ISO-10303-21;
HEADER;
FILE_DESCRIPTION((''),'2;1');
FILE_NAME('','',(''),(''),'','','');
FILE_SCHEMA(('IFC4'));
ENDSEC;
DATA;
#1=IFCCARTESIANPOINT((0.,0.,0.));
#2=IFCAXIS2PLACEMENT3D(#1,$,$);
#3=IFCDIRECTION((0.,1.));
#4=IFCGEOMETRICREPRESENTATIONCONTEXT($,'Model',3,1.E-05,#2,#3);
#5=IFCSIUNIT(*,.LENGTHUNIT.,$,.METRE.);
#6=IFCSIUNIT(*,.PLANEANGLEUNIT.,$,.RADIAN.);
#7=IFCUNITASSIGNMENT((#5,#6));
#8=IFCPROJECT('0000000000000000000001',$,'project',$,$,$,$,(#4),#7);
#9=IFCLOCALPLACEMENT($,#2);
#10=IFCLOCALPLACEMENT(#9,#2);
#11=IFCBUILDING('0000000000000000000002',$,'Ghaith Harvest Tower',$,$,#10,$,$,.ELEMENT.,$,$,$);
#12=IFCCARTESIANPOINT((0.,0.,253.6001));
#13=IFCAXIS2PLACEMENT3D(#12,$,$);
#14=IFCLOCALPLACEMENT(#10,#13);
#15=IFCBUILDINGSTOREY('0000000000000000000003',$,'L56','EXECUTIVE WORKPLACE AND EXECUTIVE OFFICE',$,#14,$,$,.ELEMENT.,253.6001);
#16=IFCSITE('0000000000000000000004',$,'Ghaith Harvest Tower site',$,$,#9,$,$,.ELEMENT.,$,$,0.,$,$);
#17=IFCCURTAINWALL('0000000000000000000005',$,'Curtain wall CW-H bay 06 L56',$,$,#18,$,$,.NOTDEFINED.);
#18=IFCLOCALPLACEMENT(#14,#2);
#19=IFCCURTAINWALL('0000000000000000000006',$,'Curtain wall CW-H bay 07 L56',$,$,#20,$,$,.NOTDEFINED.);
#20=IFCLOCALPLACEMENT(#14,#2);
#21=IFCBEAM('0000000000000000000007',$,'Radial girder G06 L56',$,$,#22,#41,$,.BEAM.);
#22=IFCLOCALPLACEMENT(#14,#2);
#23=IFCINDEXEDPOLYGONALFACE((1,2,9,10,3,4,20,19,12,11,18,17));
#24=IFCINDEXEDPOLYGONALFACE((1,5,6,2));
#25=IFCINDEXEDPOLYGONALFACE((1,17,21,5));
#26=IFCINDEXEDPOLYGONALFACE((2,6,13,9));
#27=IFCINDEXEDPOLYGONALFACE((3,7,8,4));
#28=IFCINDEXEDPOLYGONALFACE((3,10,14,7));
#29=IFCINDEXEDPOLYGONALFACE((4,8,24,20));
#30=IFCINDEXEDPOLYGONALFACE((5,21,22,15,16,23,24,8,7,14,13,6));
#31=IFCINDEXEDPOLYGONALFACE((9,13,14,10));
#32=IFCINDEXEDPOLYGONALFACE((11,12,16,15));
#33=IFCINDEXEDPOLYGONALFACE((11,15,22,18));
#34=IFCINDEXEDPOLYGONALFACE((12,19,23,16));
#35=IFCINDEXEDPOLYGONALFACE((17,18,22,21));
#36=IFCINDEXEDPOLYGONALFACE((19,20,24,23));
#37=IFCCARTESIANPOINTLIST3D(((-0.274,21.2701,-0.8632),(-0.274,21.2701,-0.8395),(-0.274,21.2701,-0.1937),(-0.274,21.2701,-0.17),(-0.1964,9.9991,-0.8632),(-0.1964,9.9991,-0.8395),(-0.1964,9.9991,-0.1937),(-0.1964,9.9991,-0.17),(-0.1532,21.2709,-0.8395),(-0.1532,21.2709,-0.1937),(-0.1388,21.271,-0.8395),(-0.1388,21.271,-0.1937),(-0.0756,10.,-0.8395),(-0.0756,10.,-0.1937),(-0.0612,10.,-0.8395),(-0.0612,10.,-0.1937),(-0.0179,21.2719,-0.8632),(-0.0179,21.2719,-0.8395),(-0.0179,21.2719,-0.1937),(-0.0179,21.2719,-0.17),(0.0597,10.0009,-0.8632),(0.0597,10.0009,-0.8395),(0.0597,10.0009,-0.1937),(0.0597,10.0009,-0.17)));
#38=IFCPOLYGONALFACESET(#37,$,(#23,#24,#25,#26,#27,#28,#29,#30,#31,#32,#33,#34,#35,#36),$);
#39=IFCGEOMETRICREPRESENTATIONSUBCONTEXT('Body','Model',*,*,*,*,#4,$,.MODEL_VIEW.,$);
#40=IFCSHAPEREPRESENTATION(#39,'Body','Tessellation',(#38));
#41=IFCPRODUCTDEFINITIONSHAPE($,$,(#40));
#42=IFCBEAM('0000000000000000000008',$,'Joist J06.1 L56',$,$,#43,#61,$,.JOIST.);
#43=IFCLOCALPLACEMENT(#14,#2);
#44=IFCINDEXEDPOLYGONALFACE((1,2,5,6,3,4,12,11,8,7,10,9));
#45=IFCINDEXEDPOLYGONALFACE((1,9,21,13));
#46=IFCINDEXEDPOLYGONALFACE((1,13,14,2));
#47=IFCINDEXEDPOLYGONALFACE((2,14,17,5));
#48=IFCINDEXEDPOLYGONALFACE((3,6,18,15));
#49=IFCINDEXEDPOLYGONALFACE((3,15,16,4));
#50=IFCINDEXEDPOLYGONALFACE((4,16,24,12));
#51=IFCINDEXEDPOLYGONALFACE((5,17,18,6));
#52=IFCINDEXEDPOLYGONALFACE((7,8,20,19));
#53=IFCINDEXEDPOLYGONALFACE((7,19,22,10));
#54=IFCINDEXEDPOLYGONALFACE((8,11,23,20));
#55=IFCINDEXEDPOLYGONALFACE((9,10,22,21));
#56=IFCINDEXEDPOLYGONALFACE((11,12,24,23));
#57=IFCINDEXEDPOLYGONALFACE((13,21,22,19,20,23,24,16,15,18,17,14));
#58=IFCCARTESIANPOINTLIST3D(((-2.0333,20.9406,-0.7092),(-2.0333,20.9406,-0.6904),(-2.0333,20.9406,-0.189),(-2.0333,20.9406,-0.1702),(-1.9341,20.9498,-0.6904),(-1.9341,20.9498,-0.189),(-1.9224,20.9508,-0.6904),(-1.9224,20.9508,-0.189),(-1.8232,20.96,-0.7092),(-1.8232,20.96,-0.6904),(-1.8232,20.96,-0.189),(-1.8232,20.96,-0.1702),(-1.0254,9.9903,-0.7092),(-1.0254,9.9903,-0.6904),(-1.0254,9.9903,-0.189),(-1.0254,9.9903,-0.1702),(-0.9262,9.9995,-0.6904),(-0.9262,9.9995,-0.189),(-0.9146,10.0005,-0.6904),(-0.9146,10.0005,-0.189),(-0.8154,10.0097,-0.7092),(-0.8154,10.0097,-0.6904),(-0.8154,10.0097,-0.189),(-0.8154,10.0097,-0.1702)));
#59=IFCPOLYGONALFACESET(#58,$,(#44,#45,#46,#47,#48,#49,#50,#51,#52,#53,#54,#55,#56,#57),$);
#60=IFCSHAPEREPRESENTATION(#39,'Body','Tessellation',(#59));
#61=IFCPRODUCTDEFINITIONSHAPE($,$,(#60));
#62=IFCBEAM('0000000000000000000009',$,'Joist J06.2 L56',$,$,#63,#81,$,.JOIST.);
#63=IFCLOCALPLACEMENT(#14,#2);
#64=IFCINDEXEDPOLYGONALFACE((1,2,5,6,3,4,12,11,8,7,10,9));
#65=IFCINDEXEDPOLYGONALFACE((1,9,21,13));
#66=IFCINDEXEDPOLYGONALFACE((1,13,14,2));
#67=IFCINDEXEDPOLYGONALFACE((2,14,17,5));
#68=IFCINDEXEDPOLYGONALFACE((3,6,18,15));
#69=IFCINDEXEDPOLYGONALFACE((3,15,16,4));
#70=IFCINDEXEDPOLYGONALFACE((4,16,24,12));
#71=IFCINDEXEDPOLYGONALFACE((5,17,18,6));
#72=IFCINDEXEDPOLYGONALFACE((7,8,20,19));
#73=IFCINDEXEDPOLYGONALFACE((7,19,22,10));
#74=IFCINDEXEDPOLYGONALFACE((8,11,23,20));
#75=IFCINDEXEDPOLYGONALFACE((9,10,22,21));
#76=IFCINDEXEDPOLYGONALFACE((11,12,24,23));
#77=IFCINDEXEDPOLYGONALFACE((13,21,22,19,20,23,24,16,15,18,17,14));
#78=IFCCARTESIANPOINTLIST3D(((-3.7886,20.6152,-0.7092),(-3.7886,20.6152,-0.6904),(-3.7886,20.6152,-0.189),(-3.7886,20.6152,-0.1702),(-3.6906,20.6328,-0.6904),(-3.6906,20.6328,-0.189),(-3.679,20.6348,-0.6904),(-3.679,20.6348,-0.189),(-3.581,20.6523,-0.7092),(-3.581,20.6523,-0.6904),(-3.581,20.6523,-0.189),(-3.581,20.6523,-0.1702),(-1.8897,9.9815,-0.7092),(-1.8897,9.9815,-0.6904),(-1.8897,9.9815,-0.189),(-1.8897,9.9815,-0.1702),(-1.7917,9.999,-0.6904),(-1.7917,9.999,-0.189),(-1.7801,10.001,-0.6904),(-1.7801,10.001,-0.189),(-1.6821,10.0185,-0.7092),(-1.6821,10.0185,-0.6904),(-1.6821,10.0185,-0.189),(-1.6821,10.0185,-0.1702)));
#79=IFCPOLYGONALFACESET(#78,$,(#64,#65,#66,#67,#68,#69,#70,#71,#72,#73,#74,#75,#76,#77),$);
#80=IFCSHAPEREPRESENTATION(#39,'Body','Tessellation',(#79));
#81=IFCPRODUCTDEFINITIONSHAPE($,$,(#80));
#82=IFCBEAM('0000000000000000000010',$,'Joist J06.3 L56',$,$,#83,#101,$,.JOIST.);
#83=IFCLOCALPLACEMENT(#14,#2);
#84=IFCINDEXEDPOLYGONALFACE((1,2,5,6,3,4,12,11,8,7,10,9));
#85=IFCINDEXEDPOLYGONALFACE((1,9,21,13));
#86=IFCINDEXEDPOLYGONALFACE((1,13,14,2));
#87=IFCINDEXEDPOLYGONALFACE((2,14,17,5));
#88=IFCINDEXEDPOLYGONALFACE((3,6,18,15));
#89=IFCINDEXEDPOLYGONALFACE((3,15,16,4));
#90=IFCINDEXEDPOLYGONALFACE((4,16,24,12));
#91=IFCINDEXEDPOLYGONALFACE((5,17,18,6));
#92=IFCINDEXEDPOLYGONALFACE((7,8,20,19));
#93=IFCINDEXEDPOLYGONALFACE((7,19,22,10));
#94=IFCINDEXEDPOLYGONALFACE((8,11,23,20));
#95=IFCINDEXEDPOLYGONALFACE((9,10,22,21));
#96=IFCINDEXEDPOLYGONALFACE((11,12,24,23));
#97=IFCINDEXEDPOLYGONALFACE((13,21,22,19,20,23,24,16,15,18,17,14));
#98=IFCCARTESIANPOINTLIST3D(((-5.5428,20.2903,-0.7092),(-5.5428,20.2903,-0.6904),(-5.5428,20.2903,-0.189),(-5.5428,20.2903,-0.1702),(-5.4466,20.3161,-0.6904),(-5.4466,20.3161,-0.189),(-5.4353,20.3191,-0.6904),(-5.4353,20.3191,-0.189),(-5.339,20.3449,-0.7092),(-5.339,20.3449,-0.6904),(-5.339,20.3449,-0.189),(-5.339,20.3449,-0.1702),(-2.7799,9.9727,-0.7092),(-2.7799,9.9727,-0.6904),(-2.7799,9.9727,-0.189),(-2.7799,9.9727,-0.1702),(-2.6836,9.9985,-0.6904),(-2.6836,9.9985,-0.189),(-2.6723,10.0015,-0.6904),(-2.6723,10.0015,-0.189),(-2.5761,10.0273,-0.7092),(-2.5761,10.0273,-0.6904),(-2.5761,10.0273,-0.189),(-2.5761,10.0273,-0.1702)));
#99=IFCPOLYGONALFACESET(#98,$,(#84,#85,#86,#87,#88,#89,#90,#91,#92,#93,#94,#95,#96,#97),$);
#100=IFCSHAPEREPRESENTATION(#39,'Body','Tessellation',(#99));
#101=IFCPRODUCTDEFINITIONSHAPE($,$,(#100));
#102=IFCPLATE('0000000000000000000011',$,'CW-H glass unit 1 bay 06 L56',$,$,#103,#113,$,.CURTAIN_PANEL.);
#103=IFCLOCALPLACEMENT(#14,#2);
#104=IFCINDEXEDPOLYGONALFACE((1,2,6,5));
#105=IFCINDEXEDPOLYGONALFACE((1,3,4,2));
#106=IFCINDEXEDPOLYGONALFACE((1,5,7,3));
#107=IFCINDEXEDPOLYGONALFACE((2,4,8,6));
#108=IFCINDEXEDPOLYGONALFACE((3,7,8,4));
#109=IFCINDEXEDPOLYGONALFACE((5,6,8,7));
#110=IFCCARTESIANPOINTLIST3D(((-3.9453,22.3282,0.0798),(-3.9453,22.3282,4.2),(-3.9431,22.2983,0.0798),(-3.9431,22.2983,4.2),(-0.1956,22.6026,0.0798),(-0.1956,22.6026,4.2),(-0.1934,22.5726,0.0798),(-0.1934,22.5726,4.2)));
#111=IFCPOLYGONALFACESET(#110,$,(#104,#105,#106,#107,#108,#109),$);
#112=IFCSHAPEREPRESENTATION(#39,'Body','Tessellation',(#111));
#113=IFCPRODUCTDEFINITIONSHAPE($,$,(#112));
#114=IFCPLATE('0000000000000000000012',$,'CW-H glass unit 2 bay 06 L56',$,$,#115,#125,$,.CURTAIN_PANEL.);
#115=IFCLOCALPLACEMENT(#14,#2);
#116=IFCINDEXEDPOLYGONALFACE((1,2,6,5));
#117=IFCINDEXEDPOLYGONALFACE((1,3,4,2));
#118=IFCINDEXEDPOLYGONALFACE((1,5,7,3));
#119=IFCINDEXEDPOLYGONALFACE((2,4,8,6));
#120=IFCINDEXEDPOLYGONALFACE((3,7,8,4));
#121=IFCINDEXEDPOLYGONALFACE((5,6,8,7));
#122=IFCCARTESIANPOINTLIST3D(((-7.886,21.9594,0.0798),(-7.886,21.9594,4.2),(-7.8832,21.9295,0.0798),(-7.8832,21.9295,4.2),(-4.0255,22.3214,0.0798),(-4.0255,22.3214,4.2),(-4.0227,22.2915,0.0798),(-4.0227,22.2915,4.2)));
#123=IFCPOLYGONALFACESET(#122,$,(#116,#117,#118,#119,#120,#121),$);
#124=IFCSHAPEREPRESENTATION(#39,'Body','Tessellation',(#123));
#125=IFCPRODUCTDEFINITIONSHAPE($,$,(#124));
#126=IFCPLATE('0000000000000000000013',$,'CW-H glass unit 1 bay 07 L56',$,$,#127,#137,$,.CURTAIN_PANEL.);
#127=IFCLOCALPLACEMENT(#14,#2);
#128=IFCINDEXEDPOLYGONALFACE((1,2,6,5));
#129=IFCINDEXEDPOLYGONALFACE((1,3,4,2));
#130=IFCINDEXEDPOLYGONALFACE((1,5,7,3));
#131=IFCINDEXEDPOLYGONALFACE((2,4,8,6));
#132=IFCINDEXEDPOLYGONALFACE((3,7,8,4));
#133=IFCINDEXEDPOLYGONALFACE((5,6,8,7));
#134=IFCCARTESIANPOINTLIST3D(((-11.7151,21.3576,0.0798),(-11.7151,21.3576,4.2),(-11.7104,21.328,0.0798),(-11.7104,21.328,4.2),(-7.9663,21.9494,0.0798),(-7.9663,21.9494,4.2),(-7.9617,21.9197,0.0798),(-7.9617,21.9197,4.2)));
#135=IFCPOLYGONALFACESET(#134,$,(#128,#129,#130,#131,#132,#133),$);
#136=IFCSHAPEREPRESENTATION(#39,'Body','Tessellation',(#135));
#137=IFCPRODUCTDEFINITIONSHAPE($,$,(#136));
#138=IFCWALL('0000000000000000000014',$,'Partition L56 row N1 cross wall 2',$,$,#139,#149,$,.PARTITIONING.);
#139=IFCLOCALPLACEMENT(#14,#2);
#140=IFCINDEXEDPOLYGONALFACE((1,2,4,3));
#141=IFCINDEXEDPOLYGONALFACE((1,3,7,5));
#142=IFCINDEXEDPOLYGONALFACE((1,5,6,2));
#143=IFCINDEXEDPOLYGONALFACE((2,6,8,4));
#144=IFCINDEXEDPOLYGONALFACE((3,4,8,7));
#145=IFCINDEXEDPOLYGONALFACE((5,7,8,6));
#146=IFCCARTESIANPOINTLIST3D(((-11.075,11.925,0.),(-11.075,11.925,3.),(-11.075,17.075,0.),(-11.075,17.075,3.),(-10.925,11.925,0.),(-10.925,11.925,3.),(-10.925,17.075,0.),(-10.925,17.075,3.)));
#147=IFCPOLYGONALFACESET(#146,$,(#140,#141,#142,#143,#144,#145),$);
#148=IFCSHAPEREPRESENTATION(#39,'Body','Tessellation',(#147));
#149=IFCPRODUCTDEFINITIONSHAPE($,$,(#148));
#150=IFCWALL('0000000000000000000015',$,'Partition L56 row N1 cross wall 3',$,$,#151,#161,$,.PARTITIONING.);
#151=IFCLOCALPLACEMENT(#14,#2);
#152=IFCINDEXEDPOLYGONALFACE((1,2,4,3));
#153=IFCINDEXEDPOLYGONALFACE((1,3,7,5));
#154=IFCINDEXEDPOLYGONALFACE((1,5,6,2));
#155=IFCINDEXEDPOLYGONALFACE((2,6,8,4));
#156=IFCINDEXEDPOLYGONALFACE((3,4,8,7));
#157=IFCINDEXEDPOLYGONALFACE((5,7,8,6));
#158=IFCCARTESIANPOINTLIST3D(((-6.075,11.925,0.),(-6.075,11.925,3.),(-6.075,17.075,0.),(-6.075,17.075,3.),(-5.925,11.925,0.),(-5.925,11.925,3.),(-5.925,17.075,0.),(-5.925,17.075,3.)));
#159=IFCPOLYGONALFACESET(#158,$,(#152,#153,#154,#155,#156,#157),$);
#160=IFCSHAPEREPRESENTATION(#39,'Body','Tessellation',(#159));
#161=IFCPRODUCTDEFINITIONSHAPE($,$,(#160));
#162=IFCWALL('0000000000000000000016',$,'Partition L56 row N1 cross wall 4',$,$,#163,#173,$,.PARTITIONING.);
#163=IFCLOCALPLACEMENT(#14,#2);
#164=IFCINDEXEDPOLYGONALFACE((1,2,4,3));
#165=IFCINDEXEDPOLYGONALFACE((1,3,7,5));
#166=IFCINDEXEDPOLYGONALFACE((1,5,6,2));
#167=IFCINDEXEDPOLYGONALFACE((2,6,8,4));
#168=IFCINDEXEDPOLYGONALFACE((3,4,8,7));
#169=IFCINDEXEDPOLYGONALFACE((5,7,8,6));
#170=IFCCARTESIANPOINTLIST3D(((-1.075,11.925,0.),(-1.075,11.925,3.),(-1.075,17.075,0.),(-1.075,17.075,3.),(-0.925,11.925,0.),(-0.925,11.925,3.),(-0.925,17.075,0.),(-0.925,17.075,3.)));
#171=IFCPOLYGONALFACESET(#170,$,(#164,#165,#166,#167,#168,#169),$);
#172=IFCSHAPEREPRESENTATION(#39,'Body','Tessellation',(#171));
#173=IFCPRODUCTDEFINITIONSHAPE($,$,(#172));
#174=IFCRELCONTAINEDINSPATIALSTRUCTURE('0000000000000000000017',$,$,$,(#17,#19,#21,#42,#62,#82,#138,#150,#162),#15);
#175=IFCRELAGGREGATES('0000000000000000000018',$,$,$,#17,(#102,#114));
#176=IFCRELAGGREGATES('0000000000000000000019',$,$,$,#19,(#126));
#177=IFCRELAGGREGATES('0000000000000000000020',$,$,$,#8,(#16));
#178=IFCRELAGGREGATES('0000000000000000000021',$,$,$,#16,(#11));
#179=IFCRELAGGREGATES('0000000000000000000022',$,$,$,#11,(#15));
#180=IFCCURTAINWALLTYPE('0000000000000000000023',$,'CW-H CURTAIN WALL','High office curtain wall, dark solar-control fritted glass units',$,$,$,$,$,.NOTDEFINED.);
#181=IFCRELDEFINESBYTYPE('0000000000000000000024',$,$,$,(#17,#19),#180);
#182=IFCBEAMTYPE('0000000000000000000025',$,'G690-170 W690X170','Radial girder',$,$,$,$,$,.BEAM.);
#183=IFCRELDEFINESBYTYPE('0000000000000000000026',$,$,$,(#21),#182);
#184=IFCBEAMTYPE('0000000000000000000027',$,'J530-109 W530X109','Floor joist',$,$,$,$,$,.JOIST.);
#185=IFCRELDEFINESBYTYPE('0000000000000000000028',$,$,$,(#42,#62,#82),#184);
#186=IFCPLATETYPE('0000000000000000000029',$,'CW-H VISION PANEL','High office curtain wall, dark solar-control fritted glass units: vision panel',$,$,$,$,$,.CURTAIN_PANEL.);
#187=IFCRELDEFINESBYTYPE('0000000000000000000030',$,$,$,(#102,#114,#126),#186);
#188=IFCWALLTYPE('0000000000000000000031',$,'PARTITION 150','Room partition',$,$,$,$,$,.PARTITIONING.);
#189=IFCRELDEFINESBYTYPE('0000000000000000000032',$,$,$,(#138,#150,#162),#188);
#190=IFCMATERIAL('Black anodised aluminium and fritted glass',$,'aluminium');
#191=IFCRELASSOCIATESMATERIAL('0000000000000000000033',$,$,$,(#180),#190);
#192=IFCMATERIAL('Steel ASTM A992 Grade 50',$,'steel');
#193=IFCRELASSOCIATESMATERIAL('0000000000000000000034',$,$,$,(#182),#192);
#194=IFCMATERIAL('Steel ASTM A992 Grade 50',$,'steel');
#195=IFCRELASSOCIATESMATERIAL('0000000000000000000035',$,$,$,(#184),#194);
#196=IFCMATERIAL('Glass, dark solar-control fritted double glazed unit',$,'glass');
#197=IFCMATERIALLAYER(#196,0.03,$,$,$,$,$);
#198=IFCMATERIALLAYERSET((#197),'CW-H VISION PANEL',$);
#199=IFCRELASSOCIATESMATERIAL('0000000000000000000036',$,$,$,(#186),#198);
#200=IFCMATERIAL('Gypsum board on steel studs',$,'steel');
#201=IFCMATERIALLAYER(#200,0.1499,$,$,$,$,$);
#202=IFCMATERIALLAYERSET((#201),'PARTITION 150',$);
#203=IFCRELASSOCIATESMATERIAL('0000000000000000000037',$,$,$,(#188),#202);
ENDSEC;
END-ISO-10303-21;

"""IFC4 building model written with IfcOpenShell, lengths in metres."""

from ifc_helpers import new_model, si_unit, direction, frame, frame_2d, origin, origin_2d, place, context, subcontext, project, spatial, rectangle, i_section, extrude, material, layer, layer_set, material_profile, profile_set, type_object, element, aggregate, save


model = new_model("IFC4")

# Units and contexts
model_context = context("Model", 3, precision=1e-05, world=origin(), true_north=direction((0.0, 1.0)))
body_context = subcontext(model_context, "Body", "Model", "MODEL_VIEW")
ifc_project = project(units=[si_unit("LENGTHUNIT", "METRE"), si_unit("PLANEANGLEUNIT", "RADIAN")], contexts=[model_context])

# Site, building, storey
site_placement = place(None, origin())
site = spatial("IfcSite", under=ifc_project, at=site_placement, Name="Ghaith Harvest Tower site", CompositionType="ELEMENT", RefElevation=0.0)
building_placement = place(site_placement, origin())
building = spatial("IfcBuilding", under=site, at=building_placement, Name="Ghaith Harvest Tower", CompositionType="ELEMENT")
storey_placement = place(building_placement, frame((0.0, 0.0, 253.6001)))
storey = spatial("IfcBuildingStorey", under=building, at=storey_placement, Name="L56", Description="EXECUTIVE WORKPLACE AND EXECUTIVE OFFICE", CompositionType="ELEMENT", Elevation=253.6001)

# Curtain walls
ifc_material_1 = material(Name="Black anodised aluminium and fritted glass", Category="aluminium")
curtain_wall_type = type_object("IfcCurtainWallType", Name="CW-H CURTAIN WALL", Description="High office curtain wall, dark solar-control fritted glass units", PredefinedType="NOTDEFINED", material=ifc_material_1)
curtain_wall_1_placement = place(storey_placement, origin())
curtain_wall_1 = element("IfcCurtainWall", 1, at=curtain_wall_1_placement, inside=storey, type_object=curtain_wall_type, Name="Curtain wall CW-H bay 06 L56", PredefinedType="NOTDEFINED")
curtain_wall_2_placement = place(storey_placement, origin())
curtain_wall_2 = element("IfcCurtainWall", 2, at=curtain_wall_2_placement, inside=storey, type_object=curtain_wall_type, Name="Curtain wall CW-H bay 07 L56", PredefinedType="NOTDEFINED")

# Beams
ifc_material_2 = material(Name="Steel ASTM A992 Grade 50", Category="steel")
ifc_material_profile_1 = material_profile(ifc_material_2, i_section(OverallWidth=0.2561, OverallDepth=0.6931, WebThickness=0.0144, FlangeThickness=0.0237, at=origin_2d()), Name="W690X170")
ifc_profile_set_1 = profile_set([ifc_material_profile_1], Name="Steel ASTM A992 Grade 50")
beam_type_1 = type_object("IfcBeamType", Name="G690-170 W690X170", Description="Radial girder", PredefinedType="BEAM", material=ifc_profile_set_1)
beam_1_placement = place(storey_placement, frame((-0.0684, 10.0, -0.5166), z_axis=(-0.006888, 0.999976, 0.0), x_axis=(-0.999976, -0.006888, 0.0)))
element("IfcBeam", 3, at=beam_1_placement, inside=storey, type_object=beam_type_1, Name="Radial girder G06 L56", PredefinedType="BEAM", context=body_context, shape_type="SweptSolid", body=[
    extrude(i_section(OverallWidth=0.2561, OverallDepth=0.6931, WebThickness=0.0144, FlangeThickness=0.0237, at=origin_2d()), origin(), (0.0, 0.0, 1.0), 11.2712),
])
ifc_material_3 = material(Name="Steel ASTM A992 Grade 50", Category="steel")
ifc_material_profile_2 = material_profile(ifc_material_3, i_section(OverallWidth=0.2109, OverallDepth=0.5391, WebThickness=0.0117, FlangeThickness=0.0188, at=origin_2d()), Name="W530X109")
ifc_profile_set_2 = profile_set([ifc_material_profile_2], Name="Steel ASTM A992 Grade 50")
beam_type_2 = type_object("IfcBeamType", Name="J530-109 W530X109", Description="Floor joist", PredefinedType="JOIST", material=ifc_profile_set_2)
beam_2_placement = place(storey_placement, frame((-0.9204, 10.0, -0.4397), z_axis=(-0.091649, 0.995791, 0.0), x_axis=(-0.995791, -0.091649, 0.0)))
element("IfcBeam", 4, at=beam_2_placement, inside=storey, type_object=beam_type_2, Name="Joist J06.1 L56", PredefinedType="JOIST", context=body_context, shape_type="SweptSolid", body=[
    extrude(i_section(OverallWidth=0.2109, OverallDepth=0.5391, WebThickness=0.0117, FlangeThickness=0.0188, at=origin_2d()), origin(), (0.0, 0.0, 1.0), 10.9966),
])
beam_3_placement = place(storey_placement, frame((-1.7859, 10.0, -0.4397), z_axis=(-0.175794, 0.984427, 0.0), x_axis=(-0.984427, -0.175794, 0.0)))
element("IfcBeam", 5, at=beam_3_placement, inside=storey, type_object=beam_type_2, Name="Joist J06.2 L56", PredefinedType="JOIST", context=body_context, shape_type="SweptSolid", body=[
    extrude(i_section(OverallWidth=0.2109, OverallDepth=0.5391, WebThickness=0.0117, FlangeThickness=0.0188, at=origin_2d()), origin(), (0.0, 0.0, 1.0), 10.802),
])
beam_4_placement = place(storey_placement, frame((-2.678, 10.0, -0.4397), z_axis=(-0.258674, 0.965965, 0.0), x_axis=(-0.965965, -0.258674, 0.0)))
element("IfcBeam", 6, at=beam_4_placement, inside=storey, type_object=beam_type_2, Name="Joist J06.3 L56", PredefinedType="JOIST", context=body_context, shape_type="SweptSolid", body=[
    extrude(i_section(OverallWidth=0.2109, OverallDepth=0.5391, WebThickness=0.0117, FlangeThickness=0.0188, at=origin_2d()), origin(), (0.0, 0.0, 1.0), 10.6812),
])

# Plates
ifc_material_4 = material(Name="Glass, dark solar-control fritted double glazed unit", Category="glass")
ifc_layer_1 = layer(ifc_material_4, 0.03)
ifc_layer_set_1 = layer_set([ifc_layer_1], Name="CW-H VISION PANEL")
plate_type = type_object("IfcPlateType", Name="CW-H VISION PANEL", Description="High office curtain wall, dark solar-control fritted glass units: vision panel", PredefinedType="CURTAIN_PANEL", material=ifc_layer_set_1)
plate_1_placement = place(storey_placement, frame((-2.0693, 22.4504, 0.0798), z_axis=(0.0, 0.0, 1.0), x_axis=(-0.997334, -0.072966, 0.0)))
plate_1 = element("IfcPlate", 7, at=plate_1_placement, type_object=plate_type, Name="CW-H glass unit 1 bay 06 L56", PredefinedType="CURTAIN_PANEL", context=body_context, shape_type="SweptSolid", body=[
    extrude(rectangle(XDim=3.7598, YDim=0.03, at=origin_2d()), origin(), (0.0, 0.0, 1.0), 4.1201),
])
plate_2_placement = place(storey_placement, frame((-5.9543, 22.1255, 0.0798), z_axis=(0.0, 0.0, 1.0), x_axis=(-0.995632, -0.093365, 0.0)))
plate_2 = element("IfcPlate", 8, at=plate_2_placement, type_object=plate_type, Name="CW-H glass unit 2 bay 06 L56", PredefinedType="CURTAIN_PANEL", context=body_context, shape_type="SweptSolid", body=[
    extrude(rectangle(XDim=3.8774, YDim=0.03, at=origin_2d()), origin(), (0.0, 0.0, 1.0), 4.1201),
])
aggregate(curtain_wall_1, [plate_1, plate_2])
plate_3_placement = place(storey_placement, frame((-9.8384, 21.6387, 0.0798), z_axis=(0.0, 0.0, 1.0), x_axis=(-0.98777, -0.155916, 0.0)))
plate_3 = element("IfcPlate", 9, at=plate_3_placement, type_object=plate_type, Name="CW-H glass unit 1 bay 07 L56", PredefinedType="CURTAIN_PANEL", context=body_context, shape_type="SweptSolid", body=[
    extrude(rectangle(XDim=3.7952, YDim=0.03, at=origin_2d()), origin(), (0.0, 0.0, 1.0), 4.1201),
])
aggregate(curtain_wall_2, [plate_3])

# Walls
ifc_material_5 = material(Name="Gypsum board on steel studs", Category="steel")
ifc_layer_2 = layer(ifc_material_5, 0.1499)
ifc_layer_set_2 = layer_set([ifc_layer_2], Name="PARTITION 150")
wall_type = type_object("IfcWallType", Name="PARTITION 150", Description="Room partition", PredefinedType="PARTITIONING", material=ifc_layer_set_2)
for number, where, z_axis, x_axis, name in (
    (10, (-11.0, 11.925, 0.0), (0.0, 0.0, 1.0), (0.0, 1.0, 0.0), "Partition L56 row N1 cross wall 2"),
    (11, (-6.0, 11.925, 0.0), (0.0, 0.0, 1.0), (0.0, 1.0, 0.0), "Partition L56 row N1 cross wall 3"),
    (12, (-1.0, 11.925, 0.0), (0.0, 0.0, 1.0), (0.0, 1.0, 0.0), "Partition L56 row N1 cross wall 4"),
):
    element("IfcWall", number, at=place(storey_placement, frame(where, z_axis=z_axis, x_axis=x_axis)), inside=storey, type_object=wall_type, Name=name, PredefinedType="PARTITIONING", context=body_context, shape_type="SweptSolid", body=[
        extrude(rectangle(XDim=5.1499, YDim=0.1499, at=frame_2d((2.575, 0.0))), origin(), (0.0, 0.0, 1.0), 3.0),
    ])

save(model, "model.ifc")
